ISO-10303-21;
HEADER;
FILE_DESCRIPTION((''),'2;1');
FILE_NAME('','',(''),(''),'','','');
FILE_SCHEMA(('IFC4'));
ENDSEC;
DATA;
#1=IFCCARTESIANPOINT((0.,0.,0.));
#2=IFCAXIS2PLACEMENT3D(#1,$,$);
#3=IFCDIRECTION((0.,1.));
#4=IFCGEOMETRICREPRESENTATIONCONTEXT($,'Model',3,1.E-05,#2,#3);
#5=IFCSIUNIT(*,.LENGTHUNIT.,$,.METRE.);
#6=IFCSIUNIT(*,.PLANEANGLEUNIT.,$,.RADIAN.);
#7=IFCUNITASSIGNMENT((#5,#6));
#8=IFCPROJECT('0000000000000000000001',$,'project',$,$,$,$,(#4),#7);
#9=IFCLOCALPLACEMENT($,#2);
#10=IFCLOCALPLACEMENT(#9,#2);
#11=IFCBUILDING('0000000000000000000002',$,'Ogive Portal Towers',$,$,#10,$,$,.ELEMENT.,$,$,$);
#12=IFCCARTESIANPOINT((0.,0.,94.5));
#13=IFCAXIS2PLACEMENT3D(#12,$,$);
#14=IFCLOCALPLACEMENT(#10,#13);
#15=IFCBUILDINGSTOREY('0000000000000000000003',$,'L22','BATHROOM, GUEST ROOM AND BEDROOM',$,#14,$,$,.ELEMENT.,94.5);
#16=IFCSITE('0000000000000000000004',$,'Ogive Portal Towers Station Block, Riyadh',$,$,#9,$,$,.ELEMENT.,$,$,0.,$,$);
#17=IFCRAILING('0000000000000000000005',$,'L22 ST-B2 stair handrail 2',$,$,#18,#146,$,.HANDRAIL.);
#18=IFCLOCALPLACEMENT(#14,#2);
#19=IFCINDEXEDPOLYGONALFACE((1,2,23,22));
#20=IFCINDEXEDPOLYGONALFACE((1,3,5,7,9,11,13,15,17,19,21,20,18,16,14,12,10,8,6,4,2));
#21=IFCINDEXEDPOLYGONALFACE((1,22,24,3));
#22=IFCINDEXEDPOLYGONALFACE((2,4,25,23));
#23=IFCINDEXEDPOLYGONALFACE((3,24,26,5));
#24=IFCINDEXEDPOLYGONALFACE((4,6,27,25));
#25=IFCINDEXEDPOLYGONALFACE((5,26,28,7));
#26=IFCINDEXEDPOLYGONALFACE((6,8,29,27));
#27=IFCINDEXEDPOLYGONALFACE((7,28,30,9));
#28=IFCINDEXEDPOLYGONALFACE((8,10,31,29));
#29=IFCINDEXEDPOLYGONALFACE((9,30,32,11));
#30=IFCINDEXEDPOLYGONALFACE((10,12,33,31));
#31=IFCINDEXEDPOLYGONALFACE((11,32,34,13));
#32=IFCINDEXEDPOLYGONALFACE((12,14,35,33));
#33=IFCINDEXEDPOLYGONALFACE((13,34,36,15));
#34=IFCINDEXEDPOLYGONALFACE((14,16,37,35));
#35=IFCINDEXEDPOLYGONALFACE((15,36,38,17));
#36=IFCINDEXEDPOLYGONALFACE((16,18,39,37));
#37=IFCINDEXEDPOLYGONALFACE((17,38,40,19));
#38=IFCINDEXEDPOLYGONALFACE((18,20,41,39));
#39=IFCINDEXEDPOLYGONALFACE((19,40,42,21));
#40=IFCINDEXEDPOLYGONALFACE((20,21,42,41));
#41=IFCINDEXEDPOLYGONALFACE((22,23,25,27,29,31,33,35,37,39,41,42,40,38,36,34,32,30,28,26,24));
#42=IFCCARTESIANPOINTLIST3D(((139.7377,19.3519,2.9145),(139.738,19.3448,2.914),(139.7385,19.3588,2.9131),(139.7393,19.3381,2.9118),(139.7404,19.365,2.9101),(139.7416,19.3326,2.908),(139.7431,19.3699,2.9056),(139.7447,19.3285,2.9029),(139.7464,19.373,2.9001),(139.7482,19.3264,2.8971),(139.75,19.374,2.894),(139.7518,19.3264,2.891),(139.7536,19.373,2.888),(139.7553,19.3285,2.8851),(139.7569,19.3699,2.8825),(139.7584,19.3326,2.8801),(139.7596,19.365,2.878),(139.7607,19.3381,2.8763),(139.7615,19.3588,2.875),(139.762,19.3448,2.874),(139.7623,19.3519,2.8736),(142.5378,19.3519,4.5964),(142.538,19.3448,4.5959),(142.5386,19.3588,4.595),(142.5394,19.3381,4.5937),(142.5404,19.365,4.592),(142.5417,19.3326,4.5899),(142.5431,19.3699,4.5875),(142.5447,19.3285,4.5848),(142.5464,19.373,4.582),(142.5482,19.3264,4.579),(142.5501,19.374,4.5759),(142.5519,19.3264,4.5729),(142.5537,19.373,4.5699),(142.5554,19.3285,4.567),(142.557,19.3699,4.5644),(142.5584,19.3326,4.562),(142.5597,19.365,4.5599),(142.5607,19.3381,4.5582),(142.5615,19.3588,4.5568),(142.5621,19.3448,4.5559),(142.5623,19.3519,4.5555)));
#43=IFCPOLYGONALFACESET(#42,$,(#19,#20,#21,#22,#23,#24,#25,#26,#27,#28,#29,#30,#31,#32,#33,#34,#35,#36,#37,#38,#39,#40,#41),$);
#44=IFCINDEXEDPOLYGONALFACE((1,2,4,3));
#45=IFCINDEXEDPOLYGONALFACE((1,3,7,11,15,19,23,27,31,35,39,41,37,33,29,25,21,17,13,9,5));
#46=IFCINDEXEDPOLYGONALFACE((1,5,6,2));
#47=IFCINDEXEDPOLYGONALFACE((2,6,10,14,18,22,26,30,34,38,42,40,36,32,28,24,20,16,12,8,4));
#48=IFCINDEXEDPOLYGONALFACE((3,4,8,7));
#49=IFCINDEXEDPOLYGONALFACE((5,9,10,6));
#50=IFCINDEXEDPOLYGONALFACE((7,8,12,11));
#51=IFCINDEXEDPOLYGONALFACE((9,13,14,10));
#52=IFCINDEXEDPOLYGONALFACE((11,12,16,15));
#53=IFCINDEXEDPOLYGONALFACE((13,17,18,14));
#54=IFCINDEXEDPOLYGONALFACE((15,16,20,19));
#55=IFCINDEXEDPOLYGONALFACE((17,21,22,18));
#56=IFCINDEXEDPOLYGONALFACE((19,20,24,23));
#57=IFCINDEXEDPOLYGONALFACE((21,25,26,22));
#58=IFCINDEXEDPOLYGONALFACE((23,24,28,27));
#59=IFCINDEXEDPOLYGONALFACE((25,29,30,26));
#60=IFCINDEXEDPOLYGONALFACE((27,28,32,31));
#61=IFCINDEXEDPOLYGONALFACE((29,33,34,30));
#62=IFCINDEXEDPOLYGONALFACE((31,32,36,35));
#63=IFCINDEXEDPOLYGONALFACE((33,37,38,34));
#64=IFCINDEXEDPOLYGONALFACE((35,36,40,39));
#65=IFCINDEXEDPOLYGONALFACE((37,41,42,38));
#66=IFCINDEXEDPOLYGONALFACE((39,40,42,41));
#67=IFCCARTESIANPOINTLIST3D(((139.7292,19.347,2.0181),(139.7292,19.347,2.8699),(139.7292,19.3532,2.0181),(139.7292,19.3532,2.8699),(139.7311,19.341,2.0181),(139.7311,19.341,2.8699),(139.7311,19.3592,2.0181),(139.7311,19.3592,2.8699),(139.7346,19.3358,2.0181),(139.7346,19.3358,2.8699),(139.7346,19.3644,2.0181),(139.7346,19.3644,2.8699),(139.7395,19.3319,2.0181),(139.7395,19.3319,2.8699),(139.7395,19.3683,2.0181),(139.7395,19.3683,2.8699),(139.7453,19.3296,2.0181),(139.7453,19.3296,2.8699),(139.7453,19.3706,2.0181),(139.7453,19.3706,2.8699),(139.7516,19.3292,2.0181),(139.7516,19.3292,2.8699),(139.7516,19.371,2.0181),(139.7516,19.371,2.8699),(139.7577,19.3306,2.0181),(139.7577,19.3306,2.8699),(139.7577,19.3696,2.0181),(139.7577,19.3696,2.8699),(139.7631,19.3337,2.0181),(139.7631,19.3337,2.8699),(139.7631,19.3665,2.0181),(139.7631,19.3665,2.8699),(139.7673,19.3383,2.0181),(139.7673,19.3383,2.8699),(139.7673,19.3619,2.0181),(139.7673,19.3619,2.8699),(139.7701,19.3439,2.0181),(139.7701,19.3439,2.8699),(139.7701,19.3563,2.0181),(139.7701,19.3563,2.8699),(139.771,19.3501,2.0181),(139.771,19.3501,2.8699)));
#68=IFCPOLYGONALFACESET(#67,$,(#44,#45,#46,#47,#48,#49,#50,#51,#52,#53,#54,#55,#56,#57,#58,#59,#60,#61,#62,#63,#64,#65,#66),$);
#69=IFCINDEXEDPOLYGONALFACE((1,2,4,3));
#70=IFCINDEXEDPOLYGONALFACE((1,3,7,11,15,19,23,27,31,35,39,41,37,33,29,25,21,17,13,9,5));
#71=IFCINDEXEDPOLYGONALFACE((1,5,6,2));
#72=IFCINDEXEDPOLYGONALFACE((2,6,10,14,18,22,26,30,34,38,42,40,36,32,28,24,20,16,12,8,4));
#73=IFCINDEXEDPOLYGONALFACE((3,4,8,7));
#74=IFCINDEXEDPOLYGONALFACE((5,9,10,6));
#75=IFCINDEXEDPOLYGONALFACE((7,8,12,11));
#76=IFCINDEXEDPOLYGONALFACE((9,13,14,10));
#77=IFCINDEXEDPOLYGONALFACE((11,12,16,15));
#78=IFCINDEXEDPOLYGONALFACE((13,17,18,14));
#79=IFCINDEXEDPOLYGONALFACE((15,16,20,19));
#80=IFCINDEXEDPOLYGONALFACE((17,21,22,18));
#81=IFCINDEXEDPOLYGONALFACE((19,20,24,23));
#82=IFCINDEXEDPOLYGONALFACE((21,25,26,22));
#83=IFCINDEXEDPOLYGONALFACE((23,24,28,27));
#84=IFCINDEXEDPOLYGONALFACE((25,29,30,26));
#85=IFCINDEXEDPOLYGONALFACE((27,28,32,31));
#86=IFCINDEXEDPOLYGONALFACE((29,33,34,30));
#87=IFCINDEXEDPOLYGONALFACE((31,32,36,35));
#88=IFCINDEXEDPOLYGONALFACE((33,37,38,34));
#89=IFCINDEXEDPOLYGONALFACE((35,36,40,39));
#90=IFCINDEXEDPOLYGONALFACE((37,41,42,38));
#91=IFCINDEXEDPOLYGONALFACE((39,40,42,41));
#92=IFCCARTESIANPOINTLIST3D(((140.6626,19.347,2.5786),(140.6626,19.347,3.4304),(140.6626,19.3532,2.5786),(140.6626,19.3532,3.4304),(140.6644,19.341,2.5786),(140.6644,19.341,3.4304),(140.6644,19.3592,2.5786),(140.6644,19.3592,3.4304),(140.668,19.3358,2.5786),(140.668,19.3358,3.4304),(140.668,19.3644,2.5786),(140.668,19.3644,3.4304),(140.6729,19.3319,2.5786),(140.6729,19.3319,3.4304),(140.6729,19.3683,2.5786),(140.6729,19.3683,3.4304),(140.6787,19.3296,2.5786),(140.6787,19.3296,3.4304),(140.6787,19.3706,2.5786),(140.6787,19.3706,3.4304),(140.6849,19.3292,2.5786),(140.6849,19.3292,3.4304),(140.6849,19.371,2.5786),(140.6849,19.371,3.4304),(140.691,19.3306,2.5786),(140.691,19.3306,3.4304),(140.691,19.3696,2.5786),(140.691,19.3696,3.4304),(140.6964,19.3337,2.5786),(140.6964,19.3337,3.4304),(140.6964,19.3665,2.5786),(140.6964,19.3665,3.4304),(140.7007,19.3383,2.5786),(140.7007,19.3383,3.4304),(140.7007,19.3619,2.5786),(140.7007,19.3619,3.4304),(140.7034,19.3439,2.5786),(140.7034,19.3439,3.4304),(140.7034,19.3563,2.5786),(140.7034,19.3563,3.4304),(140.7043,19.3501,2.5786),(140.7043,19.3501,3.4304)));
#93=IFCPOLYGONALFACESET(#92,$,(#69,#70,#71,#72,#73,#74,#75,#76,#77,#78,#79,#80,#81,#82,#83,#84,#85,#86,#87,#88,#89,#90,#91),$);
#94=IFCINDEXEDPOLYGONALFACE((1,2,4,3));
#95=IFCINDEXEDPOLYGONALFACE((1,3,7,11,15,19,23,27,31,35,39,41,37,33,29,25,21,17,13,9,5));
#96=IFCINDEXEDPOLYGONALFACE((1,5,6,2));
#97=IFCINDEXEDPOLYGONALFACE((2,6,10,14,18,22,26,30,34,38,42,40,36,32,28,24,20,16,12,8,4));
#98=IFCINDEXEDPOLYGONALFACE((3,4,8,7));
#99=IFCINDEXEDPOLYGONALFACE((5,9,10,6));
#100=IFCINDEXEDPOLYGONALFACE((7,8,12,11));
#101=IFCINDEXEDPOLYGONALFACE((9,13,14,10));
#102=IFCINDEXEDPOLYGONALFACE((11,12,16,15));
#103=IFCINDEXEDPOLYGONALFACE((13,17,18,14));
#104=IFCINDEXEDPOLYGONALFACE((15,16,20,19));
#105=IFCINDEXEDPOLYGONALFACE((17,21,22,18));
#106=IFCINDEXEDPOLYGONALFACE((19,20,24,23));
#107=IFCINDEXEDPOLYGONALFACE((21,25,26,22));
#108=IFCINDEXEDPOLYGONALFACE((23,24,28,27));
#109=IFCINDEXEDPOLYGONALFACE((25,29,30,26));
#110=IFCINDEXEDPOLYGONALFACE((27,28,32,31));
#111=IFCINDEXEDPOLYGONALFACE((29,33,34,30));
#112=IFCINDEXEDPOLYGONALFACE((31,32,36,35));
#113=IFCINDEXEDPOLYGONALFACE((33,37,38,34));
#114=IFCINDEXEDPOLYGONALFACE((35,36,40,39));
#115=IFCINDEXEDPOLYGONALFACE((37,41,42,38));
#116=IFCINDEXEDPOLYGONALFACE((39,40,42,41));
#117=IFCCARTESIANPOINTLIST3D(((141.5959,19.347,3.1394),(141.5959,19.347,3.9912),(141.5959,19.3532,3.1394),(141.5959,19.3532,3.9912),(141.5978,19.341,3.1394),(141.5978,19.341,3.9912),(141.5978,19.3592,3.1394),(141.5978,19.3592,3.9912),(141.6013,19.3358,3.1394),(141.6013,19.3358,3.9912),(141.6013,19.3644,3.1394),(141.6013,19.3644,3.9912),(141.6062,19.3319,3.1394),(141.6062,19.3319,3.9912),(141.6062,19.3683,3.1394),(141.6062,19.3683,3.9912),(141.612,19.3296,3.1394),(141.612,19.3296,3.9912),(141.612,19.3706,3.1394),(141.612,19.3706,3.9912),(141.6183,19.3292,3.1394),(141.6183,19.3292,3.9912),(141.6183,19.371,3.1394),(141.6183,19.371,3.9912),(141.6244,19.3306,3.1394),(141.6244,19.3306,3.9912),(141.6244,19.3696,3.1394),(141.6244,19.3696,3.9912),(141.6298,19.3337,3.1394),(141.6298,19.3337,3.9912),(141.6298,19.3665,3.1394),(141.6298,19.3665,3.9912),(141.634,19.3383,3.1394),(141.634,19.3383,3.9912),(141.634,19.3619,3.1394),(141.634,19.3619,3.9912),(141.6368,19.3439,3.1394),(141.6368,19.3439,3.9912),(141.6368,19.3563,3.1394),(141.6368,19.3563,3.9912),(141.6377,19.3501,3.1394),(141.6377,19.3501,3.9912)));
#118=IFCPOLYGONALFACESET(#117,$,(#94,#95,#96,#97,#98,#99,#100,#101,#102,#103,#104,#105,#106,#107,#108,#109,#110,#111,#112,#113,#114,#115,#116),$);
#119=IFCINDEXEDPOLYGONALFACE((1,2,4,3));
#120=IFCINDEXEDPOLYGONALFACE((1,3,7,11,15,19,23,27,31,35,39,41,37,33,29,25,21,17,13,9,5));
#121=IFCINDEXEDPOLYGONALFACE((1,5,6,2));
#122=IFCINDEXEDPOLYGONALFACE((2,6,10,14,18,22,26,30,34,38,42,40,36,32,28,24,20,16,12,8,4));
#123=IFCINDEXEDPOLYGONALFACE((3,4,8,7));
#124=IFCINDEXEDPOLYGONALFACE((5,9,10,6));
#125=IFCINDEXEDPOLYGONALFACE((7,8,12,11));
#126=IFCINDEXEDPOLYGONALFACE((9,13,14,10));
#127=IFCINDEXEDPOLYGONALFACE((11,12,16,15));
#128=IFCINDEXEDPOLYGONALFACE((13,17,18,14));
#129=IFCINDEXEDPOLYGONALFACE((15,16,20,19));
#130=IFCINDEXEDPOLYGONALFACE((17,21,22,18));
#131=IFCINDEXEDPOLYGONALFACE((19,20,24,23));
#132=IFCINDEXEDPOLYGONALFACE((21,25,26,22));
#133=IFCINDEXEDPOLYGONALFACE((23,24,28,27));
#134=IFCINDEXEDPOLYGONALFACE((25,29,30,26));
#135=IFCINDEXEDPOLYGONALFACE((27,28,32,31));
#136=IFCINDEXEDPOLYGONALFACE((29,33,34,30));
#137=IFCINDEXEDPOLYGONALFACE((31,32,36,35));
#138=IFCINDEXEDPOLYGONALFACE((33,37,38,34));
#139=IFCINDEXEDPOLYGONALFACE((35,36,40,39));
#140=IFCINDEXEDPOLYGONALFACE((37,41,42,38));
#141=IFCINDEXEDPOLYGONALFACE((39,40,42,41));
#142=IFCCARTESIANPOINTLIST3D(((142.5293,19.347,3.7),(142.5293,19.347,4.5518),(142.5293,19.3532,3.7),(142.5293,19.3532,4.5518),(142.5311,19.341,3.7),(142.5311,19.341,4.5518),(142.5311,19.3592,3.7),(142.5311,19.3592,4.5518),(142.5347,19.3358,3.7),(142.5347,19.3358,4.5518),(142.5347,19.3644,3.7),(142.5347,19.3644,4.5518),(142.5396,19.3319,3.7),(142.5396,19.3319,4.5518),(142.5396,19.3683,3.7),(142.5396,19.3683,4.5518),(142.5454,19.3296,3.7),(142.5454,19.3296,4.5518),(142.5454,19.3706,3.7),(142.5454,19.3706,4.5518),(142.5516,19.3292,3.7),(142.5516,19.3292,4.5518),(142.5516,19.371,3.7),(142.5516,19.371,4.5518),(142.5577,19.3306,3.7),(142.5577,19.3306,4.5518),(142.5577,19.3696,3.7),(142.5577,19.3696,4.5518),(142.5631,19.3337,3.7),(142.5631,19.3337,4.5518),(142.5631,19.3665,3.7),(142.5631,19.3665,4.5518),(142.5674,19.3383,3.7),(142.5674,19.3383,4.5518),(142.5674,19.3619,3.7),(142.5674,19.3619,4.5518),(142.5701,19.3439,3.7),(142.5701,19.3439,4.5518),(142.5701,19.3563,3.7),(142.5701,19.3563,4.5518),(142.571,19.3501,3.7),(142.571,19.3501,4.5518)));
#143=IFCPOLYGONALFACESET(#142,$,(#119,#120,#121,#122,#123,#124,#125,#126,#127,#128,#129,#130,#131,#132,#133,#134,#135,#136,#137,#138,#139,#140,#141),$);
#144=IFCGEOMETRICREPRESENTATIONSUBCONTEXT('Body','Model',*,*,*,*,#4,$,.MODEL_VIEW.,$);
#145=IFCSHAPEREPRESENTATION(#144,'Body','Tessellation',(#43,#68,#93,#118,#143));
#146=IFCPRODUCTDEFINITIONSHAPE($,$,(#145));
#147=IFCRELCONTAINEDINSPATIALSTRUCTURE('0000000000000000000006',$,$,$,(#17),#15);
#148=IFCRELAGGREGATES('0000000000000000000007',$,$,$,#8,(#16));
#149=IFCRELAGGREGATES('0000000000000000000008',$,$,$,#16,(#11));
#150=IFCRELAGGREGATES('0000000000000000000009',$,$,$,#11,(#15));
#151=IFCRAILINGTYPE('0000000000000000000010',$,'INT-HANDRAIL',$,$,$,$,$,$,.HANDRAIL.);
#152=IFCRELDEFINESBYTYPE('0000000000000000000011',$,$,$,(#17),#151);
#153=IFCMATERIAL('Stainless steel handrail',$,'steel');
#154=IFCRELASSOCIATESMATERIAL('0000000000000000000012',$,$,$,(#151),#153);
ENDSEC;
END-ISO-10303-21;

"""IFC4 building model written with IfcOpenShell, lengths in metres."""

from ifc_helpers import new_model, si_unit, direction, frame, origin, origin_2d, place, context, subcontext, project, spatial, circle, extrude, material, type_object, element, save


model = new_model("IFC4")

# Units and contexts
model_context = context("Model", 3, precision=1e-05, world=origin(), true_north=direction((0.0, 1.0)))
body_context = subcontext(model_context, "Body", "Model", "MODEL_VIEW")
ifc_project = project(units=[si_unit("LENGTHUNIT", "METRE"), si_unit("PLANEANGLEUNIT", "RADIAN")], contexts=[model_context])

# Site, building, storey
site_placement = place(None, origin())
site = spatial("IfcSite", under=ifc_project, at=site_placement, Name="Ogive Portal Towers Station Block, Riyadh", CompositionType="ELEMENT", RefElevation=0.0)
building_placement = place(site_placement, origin())
building = spatial("IfcBuilding", under=site, at=building_placement, Name="Ogive Portal Towers", CompositionType="ELEMENT")
storey_placement = place(building_placement, frame((0.0, 0.0, 94.5)))
storey = spatial("IfcBuildingStorey", under=building, at=storey_placement, Name="L22", Description="BATHROOM, GUEST ROOM AND BEDROOM", CompositionType="ELEMENT", Elevation=94.5)

# Railing
ifc_material_1 = material(Name="Stainless steel handrail", Category="steel")
railing_type_1 = type_object("IfcRailingType", Name="INT-HANDRAIL", PredefinedType="HANDRAIL", material=ifc_material_1)
railing_1_placement = place(storey_placement, frame((139.75, 19.3501, 2.0181)))
element("IfcRailing", 1, at=railing_1_placement, inside=storey, type_object=railing_type_1, Name="L22 ST-B2 stair handrail 2", PredefinedType="HANDRAIL", context=body_context, shape_type="SweptSolid", body=[
    extrude(circle(Radius=0.0239, at=origin_2d()), frame((0.0, 0.0, 0.876), z_axis=(0.857242, 0.0, 0.514913), x_axis=(0.0, 1.0, 0.0)), (0.0, 0.0, 1.0), 3.2664),
    extrude(circle(Radius=0.021, at=origin_2d()), origin(), (0.0, 0.0, 1.0), 0.8518),
    extrude(circle(Radius=0.021, at=origin_2d()), frame((0.9333, 0.0, 0.5605)), (0.0, 0.0, 1.0), 0.8518),
    extrude(circle(Radius=0.021, at=origin_2d()), frame((1.8667, 0.0, 1.1213)), (0.0, 0.0, 1.0), 0.8518),
    extrude(circle(Radius=0.021, at=origin_2d()), frame((2.8, 0.0, 1.6819)), (0.0, 0.0, 1.0), 0.8518),
])

save(model, "model.ifc")
